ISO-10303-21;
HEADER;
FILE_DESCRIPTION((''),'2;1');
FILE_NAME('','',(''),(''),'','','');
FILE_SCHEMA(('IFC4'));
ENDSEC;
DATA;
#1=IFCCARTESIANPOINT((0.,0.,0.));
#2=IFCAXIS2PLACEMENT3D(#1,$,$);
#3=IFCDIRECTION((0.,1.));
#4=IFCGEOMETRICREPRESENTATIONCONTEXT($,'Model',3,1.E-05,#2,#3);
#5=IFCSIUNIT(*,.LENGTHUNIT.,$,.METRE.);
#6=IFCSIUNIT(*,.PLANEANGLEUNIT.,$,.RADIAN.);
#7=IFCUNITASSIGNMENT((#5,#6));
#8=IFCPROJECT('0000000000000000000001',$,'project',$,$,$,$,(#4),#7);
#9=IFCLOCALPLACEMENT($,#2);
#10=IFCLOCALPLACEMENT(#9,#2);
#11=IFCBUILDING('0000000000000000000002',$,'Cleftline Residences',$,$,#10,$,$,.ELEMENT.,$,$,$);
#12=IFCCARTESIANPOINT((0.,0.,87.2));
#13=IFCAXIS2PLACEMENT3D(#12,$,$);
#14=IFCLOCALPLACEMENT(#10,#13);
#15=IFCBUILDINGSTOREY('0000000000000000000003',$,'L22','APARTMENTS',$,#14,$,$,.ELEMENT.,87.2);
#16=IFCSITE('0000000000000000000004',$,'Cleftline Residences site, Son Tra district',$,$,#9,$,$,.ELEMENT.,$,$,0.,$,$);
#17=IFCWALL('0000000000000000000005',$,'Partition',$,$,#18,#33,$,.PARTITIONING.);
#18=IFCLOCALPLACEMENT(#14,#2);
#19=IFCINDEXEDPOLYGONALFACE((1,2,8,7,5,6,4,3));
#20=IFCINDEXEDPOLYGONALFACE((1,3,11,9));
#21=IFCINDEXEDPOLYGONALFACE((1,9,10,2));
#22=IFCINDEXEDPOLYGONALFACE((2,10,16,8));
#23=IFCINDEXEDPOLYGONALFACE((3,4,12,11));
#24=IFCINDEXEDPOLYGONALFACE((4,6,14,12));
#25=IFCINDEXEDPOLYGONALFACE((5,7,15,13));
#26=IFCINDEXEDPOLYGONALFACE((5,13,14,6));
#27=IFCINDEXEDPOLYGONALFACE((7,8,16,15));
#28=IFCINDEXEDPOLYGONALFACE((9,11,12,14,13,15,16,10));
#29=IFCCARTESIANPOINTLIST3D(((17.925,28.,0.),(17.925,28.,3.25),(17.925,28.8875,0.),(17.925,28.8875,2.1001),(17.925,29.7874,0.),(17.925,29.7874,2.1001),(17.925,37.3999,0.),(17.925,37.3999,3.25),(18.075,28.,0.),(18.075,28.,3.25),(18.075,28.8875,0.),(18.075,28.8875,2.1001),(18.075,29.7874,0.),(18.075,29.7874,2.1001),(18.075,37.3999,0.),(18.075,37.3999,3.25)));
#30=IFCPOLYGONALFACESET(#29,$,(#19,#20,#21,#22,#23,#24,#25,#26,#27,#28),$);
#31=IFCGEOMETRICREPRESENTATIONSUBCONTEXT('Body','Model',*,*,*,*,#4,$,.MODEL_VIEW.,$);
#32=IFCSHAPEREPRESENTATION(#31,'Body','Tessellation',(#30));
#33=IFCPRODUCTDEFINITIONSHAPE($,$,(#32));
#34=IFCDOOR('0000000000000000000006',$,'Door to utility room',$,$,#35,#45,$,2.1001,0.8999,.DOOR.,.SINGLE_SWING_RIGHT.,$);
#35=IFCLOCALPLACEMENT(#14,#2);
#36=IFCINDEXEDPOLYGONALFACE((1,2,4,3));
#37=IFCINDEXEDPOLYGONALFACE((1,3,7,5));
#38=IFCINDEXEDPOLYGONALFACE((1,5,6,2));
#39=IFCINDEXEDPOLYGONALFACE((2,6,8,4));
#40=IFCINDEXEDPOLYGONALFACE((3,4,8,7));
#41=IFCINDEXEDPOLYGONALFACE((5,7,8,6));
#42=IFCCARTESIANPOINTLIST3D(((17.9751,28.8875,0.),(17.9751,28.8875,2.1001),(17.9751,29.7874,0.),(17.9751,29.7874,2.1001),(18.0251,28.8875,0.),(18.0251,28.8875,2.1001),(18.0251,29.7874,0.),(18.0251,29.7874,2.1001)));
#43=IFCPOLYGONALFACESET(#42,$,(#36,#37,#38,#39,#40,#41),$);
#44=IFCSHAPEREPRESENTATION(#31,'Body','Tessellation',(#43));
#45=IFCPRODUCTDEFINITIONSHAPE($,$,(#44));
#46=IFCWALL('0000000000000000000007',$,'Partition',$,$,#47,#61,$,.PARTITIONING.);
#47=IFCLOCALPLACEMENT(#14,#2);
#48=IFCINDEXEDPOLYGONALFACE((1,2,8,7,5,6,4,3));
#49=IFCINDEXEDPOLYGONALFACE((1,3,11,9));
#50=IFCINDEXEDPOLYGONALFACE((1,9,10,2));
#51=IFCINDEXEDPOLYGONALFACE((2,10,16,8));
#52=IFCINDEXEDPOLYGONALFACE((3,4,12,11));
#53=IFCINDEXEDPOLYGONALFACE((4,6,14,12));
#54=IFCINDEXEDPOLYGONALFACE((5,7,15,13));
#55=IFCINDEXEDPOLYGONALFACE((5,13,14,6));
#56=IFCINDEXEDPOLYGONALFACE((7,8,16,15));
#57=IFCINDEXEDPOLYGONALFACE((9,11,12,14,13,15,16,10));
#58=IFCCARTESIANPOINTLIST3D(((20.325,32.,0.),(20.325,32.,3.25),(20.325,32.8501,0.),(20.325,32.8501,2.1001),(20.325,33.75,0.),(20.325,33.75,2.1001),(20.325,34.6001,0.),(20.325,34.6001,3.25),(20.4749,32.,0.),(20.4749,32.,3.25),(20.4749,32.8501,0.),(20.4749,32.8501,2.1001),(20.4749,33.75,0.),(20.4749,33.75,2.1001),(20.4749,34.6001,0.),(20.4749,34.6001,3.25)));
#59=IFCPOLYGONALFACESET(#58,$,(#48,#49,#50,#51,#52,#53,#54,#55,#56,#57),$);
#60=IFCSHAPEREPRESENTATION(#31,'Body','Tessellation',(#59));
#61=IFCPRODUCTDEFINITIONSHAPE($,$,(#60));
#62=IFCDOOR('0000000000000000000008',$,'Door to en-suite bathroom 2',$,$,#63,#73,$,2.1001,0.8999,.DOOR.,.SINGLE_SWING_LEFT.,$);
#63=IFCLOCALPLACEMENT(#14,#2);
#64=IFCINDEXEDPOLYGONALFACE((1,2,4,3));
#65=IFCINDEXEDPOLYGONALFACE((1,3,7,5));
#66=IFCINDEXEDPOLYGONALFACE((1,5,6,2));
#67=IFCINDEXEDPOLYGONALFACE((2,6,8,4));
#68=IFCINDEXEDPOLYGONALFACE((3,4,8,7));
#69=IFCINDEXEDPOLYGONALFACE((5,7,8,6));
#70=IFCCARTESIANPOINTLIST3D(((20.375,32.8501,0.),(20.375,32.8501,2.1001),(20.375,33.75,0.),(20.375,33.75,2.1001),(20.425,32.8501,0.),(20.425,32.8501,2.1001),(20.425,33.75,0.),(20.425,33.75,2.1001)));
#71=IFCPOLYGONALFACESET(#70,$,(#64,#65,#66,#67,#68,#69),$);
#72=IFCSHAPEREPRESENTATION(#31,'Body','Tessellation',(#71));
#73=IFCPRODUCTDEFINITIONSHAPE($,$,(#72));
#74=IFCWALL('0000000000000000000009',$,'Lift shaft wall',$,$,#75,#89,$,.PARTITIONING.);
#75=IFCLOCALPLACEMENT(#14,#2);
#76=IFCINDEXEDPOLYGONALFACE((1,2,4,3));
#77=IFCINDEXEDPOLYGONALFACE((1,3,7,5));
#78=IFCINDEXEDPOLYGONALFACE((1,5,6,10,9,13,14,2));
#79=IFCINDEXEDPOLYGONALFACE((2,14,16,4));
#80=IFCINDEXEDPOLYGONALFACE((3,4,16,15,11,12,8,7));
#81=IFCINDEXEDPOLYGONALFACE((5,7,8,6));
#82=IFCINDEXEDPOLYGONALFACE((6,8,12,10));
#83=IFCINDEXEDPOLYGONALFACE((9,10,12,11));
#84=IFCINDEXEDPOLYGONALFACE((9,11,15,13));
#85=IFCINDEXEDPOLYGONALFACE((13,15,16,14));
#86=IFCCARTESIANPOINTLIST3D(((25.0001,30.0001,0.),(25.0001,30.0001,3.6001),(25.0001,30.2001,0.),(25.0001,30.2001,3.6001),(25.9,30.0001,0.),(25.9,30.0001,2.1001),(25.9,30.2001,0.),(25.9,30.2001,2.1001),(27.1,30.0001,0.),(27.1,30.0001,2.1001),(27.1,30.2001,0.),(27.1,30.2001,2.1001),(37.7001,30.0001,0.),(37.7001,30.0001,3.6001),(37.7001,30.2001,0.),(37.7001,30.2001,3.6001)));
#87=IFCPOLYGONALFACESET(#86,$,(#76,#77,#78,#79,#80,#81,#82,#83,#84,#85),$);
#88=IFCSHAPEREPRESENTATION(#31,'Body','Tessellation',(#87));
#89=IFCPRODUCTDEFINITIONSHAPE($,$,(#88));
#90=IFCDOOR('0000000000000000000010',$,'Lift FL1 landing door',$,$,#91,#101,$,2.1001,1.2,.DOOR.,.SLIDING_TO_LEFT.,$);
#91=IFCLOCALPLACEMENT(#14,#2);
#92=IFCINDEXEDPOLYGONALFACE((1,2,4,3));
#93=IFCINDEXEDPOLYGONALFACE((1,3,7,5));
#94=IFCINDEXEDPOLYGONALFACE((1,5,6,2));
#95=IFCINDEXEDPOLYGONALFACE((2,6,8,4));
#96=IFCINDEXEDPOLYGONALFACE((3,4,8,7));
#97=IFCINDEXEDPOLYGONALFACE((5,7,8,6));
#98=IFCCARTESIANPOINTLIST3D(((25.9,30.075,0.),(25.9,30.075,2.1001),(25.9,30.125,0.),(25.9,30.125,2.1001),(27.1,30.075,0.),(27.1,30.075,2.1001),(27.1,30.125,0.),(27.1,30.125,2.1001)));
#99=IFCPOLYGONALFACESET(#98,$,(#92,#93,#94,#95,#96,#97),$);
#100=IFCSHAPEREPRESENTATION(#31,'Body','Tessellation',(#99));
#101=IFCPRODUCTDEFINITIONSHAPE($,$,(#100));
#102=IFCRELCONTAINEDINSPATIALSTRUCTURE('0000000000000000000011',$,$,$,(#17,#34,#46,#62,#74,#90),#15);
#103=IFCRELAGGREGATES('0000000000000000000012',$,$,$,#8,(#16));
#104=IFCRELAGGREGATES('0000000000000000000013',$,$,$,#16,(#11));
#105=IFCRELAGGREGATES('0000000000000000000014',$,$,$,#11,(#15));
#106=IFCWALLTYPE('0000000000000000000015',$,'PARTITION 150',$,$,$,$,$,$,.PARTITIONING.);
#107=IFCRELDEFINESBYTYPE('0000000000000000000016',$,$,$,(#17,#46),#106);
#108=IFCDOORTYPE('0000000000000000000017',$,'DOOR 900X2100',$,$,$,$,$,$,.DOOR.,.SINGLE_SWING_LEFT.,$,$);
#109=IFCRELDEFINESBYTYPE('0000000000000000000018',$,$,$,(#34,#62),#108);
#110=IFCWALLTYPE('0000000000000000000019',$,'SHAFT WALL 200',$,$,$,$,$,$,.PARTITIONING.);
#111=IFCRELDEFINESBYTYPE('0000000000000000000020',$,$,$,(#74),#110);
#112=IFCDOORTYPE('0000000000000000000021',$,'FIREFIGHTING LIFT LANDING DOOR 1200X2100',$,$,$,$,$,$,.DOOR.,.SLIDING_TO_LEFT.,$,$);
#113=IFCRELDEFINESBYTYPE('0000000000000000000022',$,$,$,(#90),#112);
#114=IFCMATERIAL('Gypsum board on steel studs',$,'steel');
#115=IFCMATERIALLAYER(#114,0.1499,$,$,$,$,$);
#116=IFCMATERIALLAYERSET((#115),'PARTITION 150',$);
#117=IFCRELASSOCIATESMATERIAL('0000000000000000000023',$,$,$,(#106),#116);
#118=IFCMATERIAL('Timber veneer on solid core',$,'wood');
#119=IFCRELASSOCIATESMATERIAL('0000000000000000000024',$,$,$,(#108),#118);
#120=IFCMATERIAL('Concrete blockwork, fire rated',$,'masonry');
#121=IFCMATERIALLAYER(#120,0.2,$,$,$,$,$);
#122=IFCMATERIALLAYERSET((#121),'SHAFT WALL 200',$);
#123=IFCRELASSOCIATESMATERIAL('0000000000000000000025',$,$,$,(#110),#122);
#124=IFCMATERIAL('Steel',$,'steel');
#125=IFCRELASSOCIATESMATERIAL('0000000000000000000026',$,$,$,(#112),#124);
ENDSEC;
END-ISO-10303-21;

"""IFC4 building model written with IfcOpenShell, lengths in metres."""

from ifc_helpers import new_model, si_unit, direction, frame, frame_2d, origin, place, context, subcontext, project, spatial, rectangle, extrude, material, layer, layer_set, type_object, element, fill, save


model = new_model("IFC4")

# Units and contexts
model_context = context("Model", 3, precision=1e-05, world=origin(), true_north=direction((0.0, 1.0)))
body_context = subcontext(model_context, "Body", "Model", "MODEL_VIEW")
ifc_project = project(units=[si_unit("LENGTHUNIT", "METRE"), si_unit("PLANEANGLEUNIT", "RADIAN")], contexts=[model_context])

# Site, building, storey
site_placement = place(None, origin())
site = spatial("IfcSite", under=ifc_project, at=site_placement, Name="Cleftline Residences site, Son Tra district", CompositionType="ELEMENT", RefElevation=0.0)
building_placement = place(site_placement, origin())
building = spatial("IfcBuilding", under=site, at=building_placement, Name="Cleftline Residences", CompositionType="ELEMENT")
storey_placement = place(building_placement, frame((0.0, 0.0, 87.2)))
storey = spatial("IfcBuildingStorey", under=building, at=storey_placement, Name="L22", Description="APARTMENTS", CompositionType="ELEMENT", Elevation=87.2)

# Shared definitions
ifc_material_1 = material(Name="Gypsum board on steel studs", Category="steel")
ifc_layer_1 = layer(ifc_material_1, 0.1499)
ifc_layer_set_1 = layer_set([ifc_layer_1], Name="PARTITION 150")
wall_type_1 = type_object("IfcWallType", Name="PARTITION 150", PredefinedType="PARTITIONING", material=ifc_layer_set_1)

# Walls, openings, doors
wall_1_placement = place(storey_placement, frame((18.0, 28.0, 0.0), z_axis=(0.0, 0.0, 1.0), x_axis=(0.0, 1.0, 0.0)))
wall_1 = element("IfcWall", 1, at=wall_1_placement, inside=storey, type_object=wall_type_1, Name="Partition", PredefinedType="PARTITIONING", context=body_context, shape_type="SweptSolid", body=[
    extrude(rectangle(XDim=9.3999, YDim=0.1499, at=frame_2d((4.7, 0.0))), origin(), (0.0, 0.0, 1.0), 3.25),
])
opening_1_placement = place(wall_1_placement, frame((0.8875, 0.0, 0.0)))
opening_1 = element("IfcOpeningElement", 2, at=opening_1_placement, cuts=wall_1, PredefinedType="OPENING", context=body_context, shape_type="SweptSolid", body=[
    extrude(rectangle(XDim=0.8999, YDim=2.1001, at=frame_2d((0.45, 1.05))), frame((0.0, 0.085, 0.0), z_axis=(0.0, -1.0, 0.0), x_axis=(1.0, 0.0, 0.0)), (0.0, 0.0, 1.0), 0.1699),
])
ifc_material_2 = material(Name="Timber veneer on solid core", Category="wood")
door_type_1 = type_object("IfcDoorType", Name="DOOR 900X2100", OperationType="SINGLE_SWING_LEFT", PredefinedType="DOOR", material=ifc_material_2)
door_1_placement = place(opening_1_placement, origin())
door_1 = element("IfcDoor", 3, at=door_1_placement, inside=storey, type_object=door_type_1, Name="Door to utility room", OperationType="SINGLE_SWING_RIGHT", OverallHeight=2.1001, OverallWidth=0.8999, PredefinedType="DOOR", context=body_context, shape_type="SweptSolid", body=[
    extrude(rectangle(XDim=0.8999, YDim=2.1001, at=frame_2d((0.45, 1.05))), frame((0.0, 0.0249, 0.0), z_axis=(0.0, -1.0, 0.0), x_axis=(1.0, 0.0, 0.0)), (0.0, 0.0, 1.0), 0.05),
])
fill(opening_1, door_1)
wall_2_placement = place(storey_placement, frame((20.3999, 32.0, 0.0), z_axis=(0.0, 0.0, 1.0), x_axis=(0.0, 1.0, 0.0)))
wall_2 = element("IfcWall", 4, at=wall_2_placement, inside=storey, type_object=wall_type_1, Name="Partition", PredefinedType="PARTITIONING", context=body_context, shape_type="SweptSolid", body=[
    extrude(rectangle(XDim=2.6001, YDim=0.1499, at=frame_2d((1.3, 0.0))), origin(), (0.0, 0.0, 1.0), 3.25),
])
opening_2_placement = place(wall_2_placement, frame((0.8501, 0.0, 0.0)))
opening_2 = element("IfcOpeningElement", 5, at=opening_2_placement, cuts=wall_2, PredefinedType="OPENING", context=body_context, shape_type="SweptSolid", body=[
    extrude(rectangle(XDim=0.8999, YDim=2.1001, at=frame_2d((0.45, 1.05))), frame((0.0, 0.085, 0.0), z_axis=(0.0, -1.0, 0.0), x_axis=(1.0, 0.0, 0.0)), (0.0, 0.0, 1.0), 0.1699),
])
door_2_placement = place(opening_2_placement, origin())
door_2 = element("IfcDoor", 6, at=door_2_placement, inside=storey, type_object=door_type_1, Name="Door to en-suite bathroom 2", OperationType="SINGLE_SWING_LEFT", OverallHeight=2.1001, OverallWidth=0.8999, PredefinedType="DOOR", context=body_context, shape_type="SweptSolid", body=[
    extrude(rectangle(XDim=0.8999, YDim=2.1001, at=frame_2d((0.45, 1.05))), frame((0.0, 0.0249, 0.0), z_axis=(0.0, -1.0, 0.0), x_axis=(1.0, 0.0, 0.0)), (0.0, 0.0, 1.0), 0.05),
])
fill(opening_2, door_2)
ifc_material_3 = material(Name="Concrete blockwork, fire rated", Category="masonry")
ifc_layer_2 = layer(ifc_material_3, 0.2)
ifc_layer_set_2 = layer_set([ifc_layer_2], Name="SHAFT WALL 200")
wall_type_2 = type_object("IfcWallType", Name="SHAFT WALL 200", PredefinedType="PARTITIONING", material=ifc_layer_set_2)
wall_3_placement = place(storey_placement, frame((25.0, 30.1001, 0.0), z_axis=(0.0, 0.0, 1.0), x_axis=(1.0, 0.0, 0.0)))
wall_3 = element("IfcWall", 7, at=wall_3_placement, inside=storey, type_object=wall_type_2, Name="Lift shaft wall", PredefinedType="PARTITIONING", context=body_context, shape_type="SweptSolid", body=[
    extrude(rectangle(XDim=12.7, YDim=0.2, at=frame_2d((6.3501, 0.0))), origin(), (0.0, 0.0, 1.0), 3.6001),
])
opening_3_placement = place(wall_3_placement, frame((0.8999, 0.0, 0.0)))
opening_3 = element("IfcOpeningElement", 8, at=opening_3_placement, cuts=wall_3, PredefinedType="OPENING", context=body_context, shape_type="SweptSolid", body=[
    extrude(rectangle(XDim=1.2, YDim=2.1001, at=frame_2d((0.6001, 1.05))), frame((0.0, 0.1099, 0.0), z_axis=(0.0, -1.0, 0.0), x_axis=(1.0, 0.0, 0.0)), (0.0, 0.0, 1.0), 0.22),
])
ifc_material_4 = material(Name="Steel", Category="steel")
door_type_2 = type_object("IfcDoorType", Name="FIREFIGHTING LIFT LANDING DOOR 1200X2100", OperationType="SLIDING_TO_LEFT", PredefinedType="DOOR", material=ifc_material_4)
door_3_placement = place(opening_3_placement, origin())
door_3 = element("IfcDoor", 9, at=door_3_placement, inside=storey, type_object=door_type_2, Name="Lift FL1 landing door", OperationType="SLIDING_TO_LEFT", OverallHeight=2.1001, OverallWidth=1.2, PredefinedType="DOOR", context=body_context, shape_type="SweptSolid", body=[
    extrude(rectangle(XDim=1.2, YDim=2.1001, at=frame_2d((0.6001, 1.05))), frame((0.0, 0.0249, 0.0), z_axis=(0.0, -1.0, 0.0), x_axis=(1.0, 0.0, 0.0)), (0.0, 0.0, 1.0), 0.05),
])
fill(opening_3, door_3)

save(model, "model.ifc")
